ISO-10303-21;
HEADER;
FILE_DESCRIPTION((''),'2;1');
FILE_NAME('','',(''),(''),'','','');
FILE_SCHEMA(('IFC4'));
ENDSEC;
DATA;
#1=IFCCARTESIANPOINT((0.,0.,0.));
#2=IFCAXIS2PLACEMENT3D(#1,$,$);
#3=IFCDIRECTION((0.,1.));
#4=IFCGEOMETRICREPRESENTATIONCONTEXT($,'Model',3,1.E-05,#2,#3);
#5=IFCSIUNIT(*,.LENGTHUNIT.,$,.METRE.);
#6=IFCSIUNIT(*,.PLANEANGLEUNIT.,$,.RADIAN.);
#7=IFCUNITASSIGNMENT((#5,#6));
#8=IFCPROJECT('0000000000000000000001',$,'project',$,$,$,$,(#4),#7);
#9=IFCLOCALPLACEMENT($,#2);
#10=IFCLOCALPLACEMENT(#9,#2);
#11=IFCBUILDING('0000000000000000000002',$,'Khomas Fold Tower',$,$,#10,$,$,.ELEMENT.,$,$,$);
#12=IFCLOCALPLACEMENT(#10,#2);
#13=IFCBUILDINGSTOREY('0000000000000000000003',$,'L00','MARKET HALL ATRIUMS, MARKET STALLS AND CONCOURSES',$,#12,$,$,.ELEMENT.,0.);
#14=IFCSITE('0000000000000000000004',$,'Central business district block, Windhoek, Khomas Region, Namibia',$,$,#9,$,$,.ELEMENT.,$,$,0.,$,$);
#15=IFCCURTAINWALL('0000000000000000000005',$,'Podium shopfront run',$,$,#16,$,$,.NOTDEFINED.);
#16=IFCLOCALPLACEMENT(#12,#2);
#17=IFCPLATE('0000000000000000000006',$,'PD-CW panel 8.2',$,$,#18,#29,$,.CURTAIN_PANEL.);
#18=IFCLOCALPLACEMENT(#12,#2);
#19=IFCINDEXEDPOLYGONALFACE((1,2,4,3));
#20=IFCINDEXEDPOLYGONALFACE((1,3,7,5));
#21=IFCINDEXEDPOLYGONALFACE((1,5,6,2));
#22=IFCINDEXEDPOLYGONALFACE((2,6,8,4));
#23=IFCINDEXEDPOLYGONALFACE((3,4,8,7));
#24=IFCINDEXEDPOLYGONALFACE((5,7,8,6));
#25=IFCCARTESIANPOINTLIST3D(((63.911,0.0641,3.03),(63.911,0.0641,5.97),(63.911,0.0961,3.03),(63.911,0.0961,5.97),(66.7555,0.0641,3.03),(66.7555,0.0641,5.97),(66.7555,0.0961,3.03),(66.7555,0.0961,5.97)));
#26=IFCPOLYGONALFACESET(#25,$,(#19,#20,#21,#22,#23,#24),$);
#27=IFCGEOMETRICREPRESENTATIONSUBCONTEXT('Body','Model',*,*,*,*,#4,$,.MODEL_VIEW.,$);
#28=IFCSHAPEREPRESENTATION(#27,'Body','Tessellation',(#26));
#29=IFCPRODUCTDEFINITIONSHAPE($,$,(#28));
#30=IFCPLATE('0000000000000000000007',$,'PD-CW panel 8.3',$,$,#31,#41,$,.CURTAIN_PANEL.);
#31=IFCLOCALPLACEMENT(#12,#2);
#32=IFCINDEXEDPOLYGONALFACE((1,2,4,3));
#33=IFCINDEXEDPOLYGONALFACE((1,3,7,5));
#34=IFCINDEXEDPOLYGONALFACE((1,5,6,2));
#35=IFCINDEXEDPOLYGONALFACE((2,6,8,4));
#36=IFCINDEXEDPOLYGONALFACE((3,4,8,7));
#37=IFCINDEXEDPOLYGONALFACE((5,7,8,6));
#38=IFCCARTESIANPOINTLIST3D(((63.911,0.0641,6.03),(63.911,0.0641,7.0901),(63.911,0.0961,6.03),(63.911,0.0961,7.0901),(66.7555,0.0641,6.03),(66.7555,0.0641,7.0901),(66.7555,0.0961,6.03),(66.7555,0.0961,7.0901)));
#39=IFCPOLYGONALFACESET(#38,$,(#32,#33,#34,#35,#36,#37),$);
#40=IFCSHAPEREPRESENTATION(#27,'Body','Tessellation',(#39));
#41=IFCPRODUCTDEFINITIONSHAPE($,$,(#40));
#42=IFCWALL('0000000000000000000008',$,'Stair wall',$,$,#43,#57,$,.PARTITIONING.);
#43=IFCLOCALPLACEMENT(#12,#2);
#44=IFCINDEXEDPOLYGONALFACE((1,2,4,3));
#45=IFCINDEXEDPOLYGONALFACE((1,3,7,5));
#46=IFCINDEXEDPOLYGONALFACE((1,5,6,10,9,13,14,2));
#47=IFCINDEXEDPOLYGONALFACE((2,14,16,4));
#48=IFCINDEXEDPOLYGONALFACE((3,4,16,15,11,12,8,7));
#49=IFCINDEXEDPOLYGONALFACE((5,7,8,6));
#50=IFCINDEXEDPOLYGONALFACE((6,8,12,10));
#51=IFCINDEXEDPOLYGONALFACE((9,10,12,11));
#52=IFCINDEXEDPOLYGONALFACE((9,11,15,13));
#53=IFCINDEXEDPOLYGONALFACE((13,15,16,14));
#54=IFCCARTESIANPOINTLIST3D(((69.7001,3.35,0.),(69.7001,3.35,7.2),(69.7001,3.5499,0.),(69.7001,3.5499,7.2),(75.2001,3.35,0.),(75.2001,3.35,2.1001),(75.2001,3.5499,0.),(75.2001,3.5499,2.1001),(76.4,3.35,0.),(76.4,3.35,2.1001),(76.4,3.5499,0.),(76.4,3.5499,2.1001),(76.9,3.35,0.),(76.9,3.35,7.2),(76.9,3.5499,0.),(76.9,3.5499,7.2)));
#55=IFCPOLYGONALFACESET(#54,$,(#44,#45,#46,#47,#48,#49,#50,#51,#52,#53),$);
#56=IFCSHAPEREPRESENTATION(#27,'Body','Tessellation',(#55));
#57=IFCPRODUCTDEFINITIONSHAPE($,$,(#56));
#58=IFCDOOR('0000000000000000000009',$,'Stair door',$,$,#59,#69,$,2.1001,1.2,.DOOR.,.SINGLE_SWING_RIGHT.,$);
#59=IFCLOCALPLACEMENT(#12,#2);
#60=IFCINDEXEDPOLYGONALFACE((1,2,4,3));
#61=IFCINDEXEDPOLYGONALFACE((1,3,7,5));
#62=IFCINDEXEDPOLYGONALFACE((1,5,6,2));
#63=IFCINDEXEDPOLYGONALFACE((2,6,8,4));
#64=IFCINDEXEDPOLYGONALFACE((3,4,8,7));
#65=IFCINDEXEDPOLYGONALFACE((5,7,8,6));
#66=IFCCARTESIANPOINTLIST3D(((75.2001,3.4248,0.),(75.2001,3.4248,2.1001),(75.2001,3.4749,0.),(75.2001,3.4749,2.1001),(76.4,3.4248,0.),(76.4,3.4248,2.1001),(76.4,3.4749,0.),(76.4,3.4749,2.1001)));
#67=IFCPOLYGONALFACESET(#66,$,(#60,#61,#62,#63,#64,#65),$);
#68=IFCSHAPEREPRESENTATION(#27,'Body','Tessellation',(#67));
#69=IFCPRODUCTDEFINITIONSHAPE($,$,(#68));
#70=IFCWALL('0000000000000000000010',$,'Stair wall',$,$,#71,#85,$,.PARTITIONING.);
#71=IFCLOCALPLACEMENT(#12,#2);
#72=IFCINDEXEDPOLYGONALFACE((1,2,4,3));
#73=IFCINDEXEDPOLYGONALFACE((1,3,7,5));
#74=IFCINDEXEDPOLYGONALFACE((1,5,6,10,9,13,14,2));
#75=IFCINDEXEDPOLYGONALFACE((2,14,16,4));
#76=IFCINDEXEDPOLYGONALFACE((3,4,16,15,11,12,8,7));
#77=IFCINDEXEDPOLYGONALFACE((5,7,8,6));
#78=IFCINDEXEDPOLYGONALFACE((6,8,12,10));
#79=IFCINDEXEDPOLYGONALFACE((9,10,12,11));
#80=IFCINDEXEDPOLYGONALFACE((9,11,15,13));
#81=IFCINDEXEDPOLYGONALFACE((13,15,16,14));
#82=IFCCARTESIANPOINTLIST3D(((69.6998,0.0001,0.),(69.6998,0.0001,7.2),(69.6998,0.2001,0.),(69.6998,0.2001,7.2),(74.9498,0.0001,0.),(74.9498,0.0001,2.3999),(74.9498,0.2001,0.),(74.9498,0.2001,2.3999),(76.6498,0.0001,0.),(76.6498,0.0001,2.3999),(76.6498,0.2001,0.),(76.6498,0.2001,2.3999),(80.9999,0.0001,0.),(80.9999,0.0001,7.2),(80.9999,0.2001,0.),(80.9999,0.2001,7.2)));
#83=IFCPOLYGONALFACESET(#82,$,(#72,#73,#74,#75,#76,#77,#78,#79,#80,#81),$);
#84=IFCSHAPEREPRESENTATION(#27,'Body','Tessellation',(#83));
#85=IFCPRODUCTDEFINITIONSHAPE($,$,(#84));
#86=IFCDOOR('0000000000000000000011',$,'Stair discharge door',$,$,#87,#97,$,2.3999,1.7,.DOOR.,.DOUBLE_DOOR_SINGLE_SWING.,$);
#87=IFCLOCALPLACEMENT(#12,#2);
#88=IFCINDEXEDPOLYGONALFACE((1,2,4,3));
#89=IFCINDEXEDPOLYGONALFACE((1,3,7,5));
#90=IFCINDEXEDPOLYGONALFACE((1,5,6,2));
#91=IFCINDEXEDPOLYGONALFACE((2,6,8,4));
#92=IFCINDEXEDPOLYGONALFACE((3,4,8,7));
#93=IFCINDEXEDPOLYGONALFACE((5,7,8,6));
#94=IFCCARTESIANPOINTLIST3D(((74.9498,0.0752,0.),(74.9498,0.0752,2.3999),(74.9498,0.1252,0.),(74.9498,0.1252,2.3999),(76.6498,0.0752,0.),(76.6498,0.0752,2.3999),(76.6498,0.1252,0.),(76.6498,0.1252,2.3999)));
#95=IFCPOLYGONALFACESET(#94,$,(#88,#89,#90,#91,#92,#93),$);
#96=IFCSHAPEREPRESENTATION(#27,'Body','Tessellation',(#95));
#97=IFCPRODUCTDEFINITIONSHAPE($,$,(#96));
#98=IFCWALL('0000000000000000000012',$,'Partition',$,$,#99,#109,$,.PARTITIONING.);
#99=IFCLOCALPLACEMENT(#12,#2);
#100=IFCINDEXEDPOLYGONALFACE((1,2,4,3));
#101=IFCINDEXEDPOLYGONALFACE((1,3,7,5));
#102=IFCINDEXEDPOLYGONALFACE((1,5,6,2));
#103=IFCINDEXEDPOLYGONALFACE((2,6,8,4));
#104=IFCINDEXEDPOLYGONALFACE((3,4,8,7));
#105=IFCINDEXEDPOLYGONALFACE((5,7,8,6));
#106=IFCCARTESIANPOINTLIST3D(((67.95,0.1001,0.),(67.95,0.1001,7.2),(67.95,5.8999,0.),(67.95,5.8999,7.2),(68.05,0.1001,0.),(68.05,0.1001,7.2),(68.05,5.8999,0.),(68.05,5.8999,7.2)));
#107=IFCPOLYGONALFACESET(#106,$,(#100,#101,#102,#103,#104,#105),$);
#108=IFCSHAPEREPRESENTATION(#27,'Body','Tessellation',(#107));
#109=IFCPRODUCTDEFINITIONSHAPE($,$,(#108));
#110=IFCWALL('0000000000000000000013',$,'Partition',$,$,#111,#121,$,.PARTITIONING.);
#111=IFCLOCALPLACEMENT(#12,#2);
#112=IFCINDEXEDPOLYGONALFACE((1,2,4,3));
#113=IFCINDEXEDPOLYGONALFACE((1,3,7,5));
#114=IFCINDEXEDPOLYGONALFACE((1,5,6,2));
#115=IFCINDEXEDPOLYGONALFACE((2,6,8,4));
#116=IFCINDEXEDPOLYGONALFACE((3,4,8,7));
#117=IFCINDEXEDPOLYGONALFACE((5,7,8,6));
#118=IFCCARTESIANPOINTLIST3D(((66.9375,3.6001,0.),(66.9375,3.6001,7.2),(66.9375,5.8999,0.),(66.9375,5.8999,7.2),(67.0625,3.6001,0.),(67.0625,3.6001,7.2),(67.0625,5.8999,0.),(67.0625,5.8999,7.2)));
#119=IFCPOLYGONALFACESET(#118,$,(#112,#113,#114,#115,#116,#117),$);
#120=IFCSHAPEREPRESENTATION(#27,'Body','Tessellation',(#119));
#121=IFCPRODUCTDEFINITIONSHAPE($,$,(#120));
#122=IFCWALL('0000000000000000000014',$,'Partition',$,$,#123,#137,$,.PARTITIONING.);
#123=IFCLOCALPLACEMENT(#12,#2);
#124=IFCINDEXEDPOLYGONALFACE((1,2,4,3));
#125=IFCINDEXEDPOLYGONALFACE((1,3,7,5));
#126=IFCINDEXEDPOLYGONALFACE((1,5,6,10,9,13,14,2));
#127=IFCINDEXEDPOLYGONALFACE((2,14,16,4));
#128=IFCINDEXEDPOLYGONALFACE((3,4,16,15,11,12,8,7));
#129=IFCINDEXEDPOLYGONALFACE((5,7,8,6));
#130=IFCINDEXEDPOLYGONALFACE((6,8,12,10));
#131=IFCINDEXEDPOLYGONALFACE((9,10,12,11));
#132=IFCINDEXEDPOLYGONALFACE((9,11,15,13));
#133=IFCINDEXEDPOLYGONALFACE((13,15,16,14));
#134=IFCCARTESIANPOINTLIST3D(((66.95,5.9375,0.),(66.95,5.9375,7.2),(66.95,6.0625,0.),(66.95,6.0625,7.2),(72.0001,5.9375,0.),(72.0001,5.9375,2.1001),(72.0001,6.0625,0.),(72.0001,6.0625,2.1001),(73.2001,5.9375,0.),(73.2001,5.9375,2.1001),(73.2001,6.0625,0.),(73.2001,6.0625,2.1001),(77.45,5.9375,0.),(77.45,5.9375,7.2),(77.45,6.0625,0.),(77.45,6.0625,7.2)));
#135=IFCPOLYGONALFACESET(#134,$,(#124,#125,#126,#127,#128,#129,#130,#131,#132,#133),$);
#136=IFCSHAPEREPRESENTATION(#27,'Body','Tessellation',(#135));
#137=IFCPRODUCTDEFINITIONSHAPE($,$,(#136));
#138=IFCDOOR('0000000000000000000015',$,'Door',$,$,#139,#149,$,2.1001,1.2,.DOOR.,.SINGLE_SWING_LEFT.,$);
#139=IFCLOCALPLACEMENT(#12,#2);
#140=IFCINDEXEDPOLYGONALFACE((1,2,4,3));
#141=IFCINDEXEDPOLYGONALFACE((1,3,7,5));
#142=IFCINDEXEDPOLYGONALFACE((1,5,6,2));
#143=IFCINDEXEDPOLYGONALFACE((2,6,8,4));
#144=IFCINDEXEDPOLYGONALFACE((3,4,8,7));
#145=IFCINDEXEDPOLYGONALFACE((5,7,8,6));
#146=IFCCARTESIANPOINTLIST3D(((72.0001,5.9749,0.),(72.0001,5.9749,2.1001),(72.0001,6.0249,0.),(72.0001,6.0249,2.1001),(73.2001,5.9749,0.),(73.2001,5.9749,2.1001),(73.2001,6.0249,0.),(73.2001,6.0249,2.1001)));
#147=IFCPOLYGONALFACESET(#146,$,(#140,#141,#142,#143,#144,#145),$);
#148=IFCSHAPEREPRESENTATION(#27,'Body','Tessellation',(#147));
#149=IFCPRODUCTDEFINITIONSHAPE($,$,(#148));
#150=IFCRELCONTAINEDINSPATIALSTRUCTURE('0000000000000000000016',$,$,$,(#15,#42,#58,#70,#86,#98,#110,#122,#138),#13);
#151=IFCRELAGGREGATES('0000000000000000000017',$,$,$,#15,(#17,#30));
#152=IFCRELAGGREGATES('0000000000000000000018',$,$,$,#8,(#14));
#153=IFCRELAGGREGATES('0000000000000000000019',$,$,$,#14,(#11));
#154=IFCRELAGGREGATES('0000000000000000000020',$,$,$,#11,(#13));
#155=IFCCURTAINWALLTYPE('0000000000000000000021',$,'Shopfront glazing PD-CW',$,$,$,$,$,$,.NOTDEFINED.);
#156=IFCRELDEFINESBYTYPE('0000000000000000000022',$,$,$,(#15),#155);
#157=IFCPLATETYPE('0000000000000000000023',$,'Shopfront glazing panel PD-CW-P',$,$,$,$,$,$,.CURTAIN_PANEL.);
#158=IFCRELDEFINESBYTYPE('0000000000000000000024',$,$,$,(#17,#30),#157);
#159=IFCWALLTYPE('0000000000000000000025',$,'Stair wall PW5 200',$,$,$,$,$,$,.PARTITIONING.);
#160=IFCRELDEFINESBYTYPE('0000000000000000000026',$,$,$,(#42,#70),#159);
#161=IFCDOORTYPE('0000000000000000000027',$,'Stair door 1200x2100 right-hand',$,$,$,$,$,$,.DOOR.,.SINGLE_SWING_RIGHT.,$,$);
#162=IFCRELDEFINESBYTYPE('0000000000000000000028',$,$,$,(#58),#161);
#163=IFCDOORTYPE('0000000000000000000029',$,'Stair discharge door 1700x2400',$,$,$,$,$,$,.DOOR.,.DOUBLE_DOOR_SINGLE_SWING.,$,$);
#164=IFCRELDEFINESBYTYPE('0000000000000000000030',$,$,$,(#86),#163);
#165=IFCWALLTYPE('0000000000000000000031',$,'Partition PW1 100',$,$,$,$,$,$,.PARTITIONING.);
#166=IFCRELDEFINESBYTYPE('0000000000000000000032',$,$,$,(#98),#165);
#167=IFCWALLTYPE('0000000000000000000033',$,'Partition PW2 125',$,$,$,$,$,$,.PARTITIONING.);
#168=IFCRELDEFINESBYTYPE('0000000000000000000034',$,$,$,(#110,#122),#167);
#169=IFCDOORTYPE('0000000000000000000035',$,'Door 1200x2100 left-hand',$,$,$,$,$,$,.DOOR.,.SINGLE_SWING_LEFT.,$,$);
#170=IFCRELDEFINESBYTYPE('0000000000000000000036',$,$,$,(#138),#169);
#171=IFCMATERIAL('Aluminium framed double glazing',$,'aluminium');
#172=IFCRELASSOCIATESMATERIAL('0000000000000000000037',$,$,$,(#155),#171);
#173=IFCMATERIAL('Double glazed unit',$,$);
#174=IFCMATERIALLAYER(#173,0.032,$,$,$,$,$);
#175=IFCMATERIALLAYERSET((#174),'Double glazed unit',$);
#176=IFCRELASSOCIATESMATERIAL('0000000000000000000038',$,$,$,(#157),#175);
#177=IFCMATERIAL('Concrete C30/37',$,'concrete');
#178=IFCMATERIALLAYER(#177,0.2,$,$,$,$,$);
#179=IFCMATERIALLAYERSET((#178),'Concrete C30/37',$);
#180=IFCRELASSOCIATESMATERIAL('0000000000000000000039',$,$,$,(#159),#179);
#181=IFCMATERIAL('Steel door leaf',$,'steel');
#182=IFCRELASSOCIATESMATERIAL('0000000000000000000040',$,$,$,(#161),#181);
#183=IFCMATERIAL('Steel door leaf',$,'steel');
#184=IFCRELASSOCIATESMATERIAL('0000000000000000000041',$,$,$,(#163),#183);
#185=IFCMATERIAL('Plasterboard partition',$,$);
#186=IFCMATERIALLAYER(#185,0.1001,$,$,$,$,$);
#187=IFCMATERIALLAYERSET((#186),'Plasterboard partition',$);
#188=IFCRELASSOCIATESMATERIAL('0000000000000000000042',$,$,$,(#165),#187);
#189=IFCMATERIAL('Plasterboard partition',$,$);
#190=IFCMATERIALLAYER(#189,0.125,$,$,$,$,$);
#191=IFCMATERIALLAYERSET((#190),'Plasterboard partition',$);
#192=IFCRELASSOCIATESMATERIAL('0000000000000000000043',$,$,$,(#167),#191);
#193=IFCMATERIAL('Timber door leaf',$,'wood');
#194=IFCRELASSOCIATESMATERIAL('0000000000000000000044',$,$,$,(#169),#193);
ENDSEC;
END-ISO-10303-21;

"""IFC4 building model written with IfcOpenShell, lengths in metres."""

from ifc_helpers import new_model, si_unit, direction, frame, frame_2d, origin, origin_2d, place, context, subcontext, project, spatial, rectangle, extrude, source, transform, mapped, material, layer, layer_set, type_object, element, fill, aggregate, save


model = new_model("IFC4")

# Units and contexts
model_context = context("Model", 3, precision=1e-05, world=origin(), true_north=direction((0.0, 1.0)))
body_context = subcontext(model_context, "Body", "Model", "MODEL_VIEW")
ifc_project = project(units=[si_unit("LENGTHUNIT", "METRE"), si_unit("PLANEANGLEUNIT", "RADIAN")], contexts=[model_context])

# Site, building, storey
site_placement = place(None, origin())
site = spatial("IfcSite", under=ifc_project, at=site_placement, Name="Central business district block, Windhoek, Khomas Region, Namibia", CompositionType="ELEMENT", RefElevation=0.0)
building_placement = place(site_placement, origin())
building = spatial("IfcBuilding", under=site, at=building_placement, Name="Khomas Fold Tower", CompositionType="ELEMENT")
storey_placement = place(building_placement, origin())
storey = spatial("IfcBuildingStorey", under=building, at=storey_placement, Name="L00", Description="MARKET HALL ATRIUMS, MARKET STALLS AND CONCOURSES", CompositionType="ELEMENT", Elevation=0.0)

# Curtain wall, plates
ifc_material_1 = material(Name="Aluminium framed double glazing", Category="aluminium")
curtain_wall_type = type_object("IfcCurtainWallType", Name="Shopfront glazing PD-CW", PredefinedType="NOTDEFINED", material=ifc_material_1)
curtain_wall_placement = place(storey_placement, origin())
curtain_wall = element("IfcCurtainWall", 1, at=curtain_wall_placement, inside=storey, type_object=curtain_wall_type, Name="Podium shopfront run", PredefinedType="NOTDEFINED")
ifc_material_2 = material(Name="Double glazed unit")
ifc_layer_1 = layer(ifc_material_2, 0.032)
ifc_layer_set_1 = layer_set([ifc_layer_1], Name="Double glazed unit")
plate_type = type_object("IfcPlateType", Name="Shopfront glazing panel PD-CW-P", PredefinedType="CURTAIN_PANEL", material=ifc_layer_set_1)
shared_shape_1 = source(origin(), body_context, "Body", "SweptSolid", [
    extrude(rectangle(XDim=2.8445, YDim=0.032, at=origin_2d()), origin(), (0.0, 0.0, 1.0), 2.9399),
])
plate_1_placement = place(storey_placement, frame((65.3333, 0.0801, 3.03), z_axis=(0.0, 0.0, 1.0), x_axis=(1.0, 0.0, 0.0)))
plate_1 = element("IfcPlate", 2, at=plate_1_placement, type_object=plate_type, Name="PD-CW panel 8.2", PredefinedType="CURTAIN_PANEL", context=body_context, shape_type="MappedRepresentation", body=[
    mapped(shared_shape_1, transform((0.0, 0.0, 0.0))),
])
shared_shape_2 = source(origin(), body_context, "Body", "SweptSolid", [
    extrude(rectangle(XDim=2.8445, YDim=0.032, at=origin_2d()), origin(), (0.0, 0.0, 1.0), 1.0601),
])
plate_2_placement = place(storey_placement, frame((65.3333, 0.0801, 6.03), z_axis=(0.0, 0.0, 1.0), x_axis=(1.0, 0.0, 0.0)))
plate_2 = element("IfcPlate", 3, at=plate_2_placement, type_object=plate_type, Name="PD-CW panel 8.3", PredefinedType="CURTAIN_PANEL", context=body_context, shape_type="MappedRepresentation", body=[
    mapped(shared_shape_2, transform((0.0, 0.0, 0.0))),
])
aggregate(curtain_wall, [plate_1, plate_2])

# Walls, openings, doors
ifc_material_3 = material(Name="Concrete C30/37", Category="concrete")
ifc_layer_2 = layer(ifc_material_3, 0.2)
ifc_layer_set_2 = layer_set([ifc_layer_2], Name="Concrete C30/37")
wall_type_1 = type_object("IfcWallType", Name="Stair wall PW5 200", PredefinedType="PARTITIONING", material=ifc_layer_set_2)
shared_shape_3 = source(origin(), body_context, "Body", "SweptSolid", [
    extrude(rectangle(XDim=7.2, YDim=0.2, at=frame_2d((3.6001, 0.0))), origin(), (0.0, 0.0, 1.0), 7.2),
])
wall_1_placement = place(storey_placement, frame((69.7, 3.45, 0.0), z_axis=(0.0, 0.0, 1.0), x_axis=(1.0, 0.0, 0.0)))
wall_1 = element("IfcWall", 4, at=wall_1_placement, inside=storey, type_object=wall_type_1, Name="Stair wall", PredefinedType="PARTITIONING", context=body_context, shape_type="MappedRepresentation", body=[
    mapped(shared_shape_3, transform((0.0, 0.0, 0.0))),
])
shared_shape_4 = source(origin(), body_context, "Body", "SweptSolid", [
    extrude(rectangle(XDim=1.2, YDim=2.1001, at=frame_2d((0.6001, 1.05))), frame((0.0, 0.1099, 0.0), z_axis=(0.0, -1.0, 0.0), x_axis=(1.0, 0.0, 0.0)), (0.0, 0.0, 1.0), 0.22),
])
opening_1_placement = place(wall_1_placement, frame((5.5, 0.0, 0.0)))
opening_1 = element("IfcOpeningElement", 5, at=opening_1_placement, cuts=wall_1, PredefinedType="OPENING", context=body_context, shape_type="MappedRepresentation", body=[
    mapped(shared_shape_4, transform((0.0, 0.0, 0.0))),
])
ifc_material_4 = material(Name="Steel door leaf", Category="steel")
door_type_1 = type_object("IfcDoorType", Name="Stair door 1200x2100 right-hand", OperationType="SINGLE_SWING_RIGHT", PredefinedType="DOOR", material=ifc_material_4)
shared_shape_5 = source(origin(), body_context, "Body", "SweptSolid", [
    extrude(rectangle(XDim=1.2, YDim=2.1001, at=frame_2d((0.6001, 1.05))), frame((0.0, 0.0249, 0.0), z_axis=(0.0, -1.0, 0.0), x_axis=(1.0, 0.0, 0.0)), (0.0, 0.0, 1.0), 0.05),
])
door_1_placement = place(opening_1_placement, origin())
door_1 = element("IfcDoor", 6, at=door_1_placement, inside=storey, type_object=door_type_1, Name="Stair door", OperationType="SINGLE_SWING_RIGHT", OverallHeight=2.1001, OverallWidth=1.2, PredefinedType="DOOR", context=body_context, shape_type="MappedRepresentation", body=[
    mapped(shared_shape_5, transform((0.0, 0.0, 0.0))),
])
fill(opening_1, door_1)
shared_shape_6 = source(origin(), body_context, "Body", "SweptSolid", [
    extrude(rectangle(XDim=11.3, YDim=0.2, at=frame_2d((5.6499, 0.0))), origin(), (0.0, 0.0, 1.0), 7.2),
])
wall_2_placement = place(storey_placement, frame((69.7, 0.1001, 0.0), z_axis=(0.0, 0.0, 1.0), x_axis=(1.0, 0.0, 0.0)))
wall_2 = element("IfcWall", 7, at=wall_2_placement, inside=storey, type_object=wall_type_1, Name="Stair wall", PredefinedType="PARTITIONING", context=body_context, shape_type="MappedRepresentation", body=[
    mapped(shared_shape_6, transform((0.0, 0.0, 0.0))),
])
shared_shape_7 = source(origin(), body_context, "Body", "SweptSolid", [
    extrude(rectangle(XDim=1.7, YDim=2.3999, at=frame_2d((0.8501, 1.2))), frame((0.0, 0.1099, 0.0), z_axis=(0.0, -1.0, 0.0), x_axis=(1.0, 0.0, 0.0)), (0.0, 0.0, 1.0), 0.22),
])
opening_2_placement = place(wall_2_placement, frame((6.95, 0.0, 0.0), z_axis=(0.0, 0.0, 1.0), x_axis=(-1.0, 0.0, 0.0)))
opening_2 = element("IfcOpeningElement", 8, at=opening_2_placement, cuts=wall_2, PredefinedType="OPENING", context=body_context, shape_type="MappedRepresentation", body=[
    mapped(shared_shape_7, transform((0.0, 0.0, 0.0))),
])
ifc_material_5 = material(Name="Steel door leaf", Category="steel")
door_type_2 = type_object("IfcDoorType", Name="Stair discharge door 1700x2400", OperationType="DOUBLE_DOOR_SINGLE_SWING", PredefinedType="DOOR", material=ifc_material_5)
shared_shape_8 = source(origin(), body_context, "Body", "SweptSolid", [
    extrude(rectangle(XDim=1.7, YDim=2.3999, at=frame_2d((0.8501, 1.2))), frame((0.0, 0.0249, 0.0), z_axis=(0.0, -1.0, 0.0), x_axis=(1.0, 0.0, 0.0)), (0.0, 0.0, 1.0), 0.05),
])
door_2_placement = place(opening_2_placement, origin())
door_2 = element("IfcDoor", 9, at=door_2_placement, inside=storey, type_object=door_type_2, Name="Stair discharge door", OperationType="DOUBLE_DOOR_SINGLE_SWING", OverallHeight=2.3999, OverallWidth=1.7, PredefinedType="DOOR", context=body_context, shape_type="MappedRepresentation", body=[
    mapped(shared_shape_8, transform((0.0, 0.0, 0.0))),
])
fill(opening_2, door_2)

# Walls
ifc_material_6 = material(Name="Plasterboard partition")
ifc_layer_3 = layer(ifc_material_6, 0.1001)
ifc_layer_set_3 = layer_set([ifc_layer_3], Name="Plasterboard partition")
wall_type_2 = type_object("IfcWallType", Name="Partition PW1 100", PredefinedType="PARTITIONING", material=ifc_layer_set_3)
shared_shape_9 = source(origin(), body_context, "Body", "SweptSolid", [
    extrude(rectangle(XDim=5.7998, YDim=0.1001, at=frame_2d((2.8999, 0.0))), origin(), (0.0, 0.0, 1.0), 7.2),
])
wall_3_placement = place(storey_placement, frame((68.0, 0.1001, 0.0), z_axis=(0.0, 0.0, 1.0), x_axis=(0.0, 1.0, 0.0)))
element("IfcWall", 10, at=wall_3_placement, inside=storey, type_object=wall_type_2, Name="Partition", PredefinedType="PARTITIONING", context=body_context, shape_type="MappedRepresentation", body=[
    mapped(shared_shape_9, transform((0.0, 0.0, 0.0))),
])
ifc_material_7 = material(Name="Plasterboard partition")
ifc_layer_4 = layer(ifc_material_7, 0.125)
ifc_layer_set_4 = layer_set([ifc_layer_4], Name="Plasterboard partition")
wall_type_3 = type_object("IfcWallType", Name="Partition PW2 125", PredefinedType="PARTITIONING", material=ifc_layer_set_4)
shared_shape_10 = source(origin(), body_context, "Body", "SweptSolid", [
    extrude(rectangle(XDim=2.2998, YDim=0.125, at=frame_2d((1.1499, 0.0))), origin(), (0.0, 0.0, 1.0), 7.2),
])
wall_4_placement = place(storey_placement, frame((67.0, 3.6001, 0.0), z_axis=(0.0, 0.0, 1.0), x_axis=(0.0, 1.0, 0.0)))
element("IfcWall", 11, at=wall_4_placement, inside=storey, type_object=wall_type_3, Name="Partition", PredefinedType="PARTITIONING", context=body_context, shape_type="MappedRepresentation", body=[
    mapped(shared_shape_10, transform((0.0, 0.0, 0.0))),
])

# Wall, opening, door
shared_shape_11 = source(origin(), body_context, "Body", "SweptSolid", [
    extrude(rectangle(XDim=10.5, YDim=0.125, at=frame_2d((5.25, 0.0))), origin(), (0.0, 0.0, 1.0), 7.2),
])
wall_5_placement = place(storey_placement, frame((66.95, 6.0, 0.0), z_axis=(0.0, 0.0, 1.0), x_axis=(1.0, 0.0, 0.0)))
wall_5 = element("IfcWall", 12, at=wall_5_placement, inside=storey, type_object=wall_type_3, Name="Partition", PredefinedType="PARTITIONING", context=body_context, shape_type="MappedRepresentation", body=[
    mapped(shared_shape_11, transform((0.0, 0.0, 0.0))),
])
shared_shape_12 = source(origin(), body_context, "Body", "SweptSolid", [
    extrude(rectangle(XDim=1.2, YDim=2.1001, at=frame_2d((0.6001, 1.05))), frame((0.0, 0.0725, 0.0), z_axis=(0.0, -1.0, 0.0), x_axis=(1.0, 0.0, 0.0)), (0.0, 0.0, 1.0), 0.145),
])
opening_3_placement = place(wall_5_placement, frame((5.05, 0.0, 0.0)))
opening_3 = element("IfcOpeningElement", 13, at=opening_3_placement, cuts=wall_5, PredefinedType="OPENING", context=body_context, shape_type="MappedRepresentation", body=[
    mapped(shared_shape_12, transform((0.0, 0.0, 0.0))),
])
ifc_material_8 = material(Name="Timber door leaf", Category="wood")
door_type_3 = type_object("IfcDoorType", Name="Door 1200x2100 left-hand", OperationType="SINGLE_SWING_LEFT", PredefinedType="DOOR", material=ifc_material_8)
door_3_placement = place(opening_3_placement, origin())
door_3 = element("IfcDoor", 14, at=door_3_placement, inside=storey, type_object=door_type_3, Name="Door", OperationType="SINGLE_SWING_LEFT", OverallHeight=2.1001, OverallWidth=1.2, PredefinedType="DOOR", context=body_context, shape_type="MappedRepresentation", body=[
    mapped(shared_shape_5, transform((0.0, 0.0, 0.0))),
])
fill(opening_3, door_3)

save(model, "model.ifc")
